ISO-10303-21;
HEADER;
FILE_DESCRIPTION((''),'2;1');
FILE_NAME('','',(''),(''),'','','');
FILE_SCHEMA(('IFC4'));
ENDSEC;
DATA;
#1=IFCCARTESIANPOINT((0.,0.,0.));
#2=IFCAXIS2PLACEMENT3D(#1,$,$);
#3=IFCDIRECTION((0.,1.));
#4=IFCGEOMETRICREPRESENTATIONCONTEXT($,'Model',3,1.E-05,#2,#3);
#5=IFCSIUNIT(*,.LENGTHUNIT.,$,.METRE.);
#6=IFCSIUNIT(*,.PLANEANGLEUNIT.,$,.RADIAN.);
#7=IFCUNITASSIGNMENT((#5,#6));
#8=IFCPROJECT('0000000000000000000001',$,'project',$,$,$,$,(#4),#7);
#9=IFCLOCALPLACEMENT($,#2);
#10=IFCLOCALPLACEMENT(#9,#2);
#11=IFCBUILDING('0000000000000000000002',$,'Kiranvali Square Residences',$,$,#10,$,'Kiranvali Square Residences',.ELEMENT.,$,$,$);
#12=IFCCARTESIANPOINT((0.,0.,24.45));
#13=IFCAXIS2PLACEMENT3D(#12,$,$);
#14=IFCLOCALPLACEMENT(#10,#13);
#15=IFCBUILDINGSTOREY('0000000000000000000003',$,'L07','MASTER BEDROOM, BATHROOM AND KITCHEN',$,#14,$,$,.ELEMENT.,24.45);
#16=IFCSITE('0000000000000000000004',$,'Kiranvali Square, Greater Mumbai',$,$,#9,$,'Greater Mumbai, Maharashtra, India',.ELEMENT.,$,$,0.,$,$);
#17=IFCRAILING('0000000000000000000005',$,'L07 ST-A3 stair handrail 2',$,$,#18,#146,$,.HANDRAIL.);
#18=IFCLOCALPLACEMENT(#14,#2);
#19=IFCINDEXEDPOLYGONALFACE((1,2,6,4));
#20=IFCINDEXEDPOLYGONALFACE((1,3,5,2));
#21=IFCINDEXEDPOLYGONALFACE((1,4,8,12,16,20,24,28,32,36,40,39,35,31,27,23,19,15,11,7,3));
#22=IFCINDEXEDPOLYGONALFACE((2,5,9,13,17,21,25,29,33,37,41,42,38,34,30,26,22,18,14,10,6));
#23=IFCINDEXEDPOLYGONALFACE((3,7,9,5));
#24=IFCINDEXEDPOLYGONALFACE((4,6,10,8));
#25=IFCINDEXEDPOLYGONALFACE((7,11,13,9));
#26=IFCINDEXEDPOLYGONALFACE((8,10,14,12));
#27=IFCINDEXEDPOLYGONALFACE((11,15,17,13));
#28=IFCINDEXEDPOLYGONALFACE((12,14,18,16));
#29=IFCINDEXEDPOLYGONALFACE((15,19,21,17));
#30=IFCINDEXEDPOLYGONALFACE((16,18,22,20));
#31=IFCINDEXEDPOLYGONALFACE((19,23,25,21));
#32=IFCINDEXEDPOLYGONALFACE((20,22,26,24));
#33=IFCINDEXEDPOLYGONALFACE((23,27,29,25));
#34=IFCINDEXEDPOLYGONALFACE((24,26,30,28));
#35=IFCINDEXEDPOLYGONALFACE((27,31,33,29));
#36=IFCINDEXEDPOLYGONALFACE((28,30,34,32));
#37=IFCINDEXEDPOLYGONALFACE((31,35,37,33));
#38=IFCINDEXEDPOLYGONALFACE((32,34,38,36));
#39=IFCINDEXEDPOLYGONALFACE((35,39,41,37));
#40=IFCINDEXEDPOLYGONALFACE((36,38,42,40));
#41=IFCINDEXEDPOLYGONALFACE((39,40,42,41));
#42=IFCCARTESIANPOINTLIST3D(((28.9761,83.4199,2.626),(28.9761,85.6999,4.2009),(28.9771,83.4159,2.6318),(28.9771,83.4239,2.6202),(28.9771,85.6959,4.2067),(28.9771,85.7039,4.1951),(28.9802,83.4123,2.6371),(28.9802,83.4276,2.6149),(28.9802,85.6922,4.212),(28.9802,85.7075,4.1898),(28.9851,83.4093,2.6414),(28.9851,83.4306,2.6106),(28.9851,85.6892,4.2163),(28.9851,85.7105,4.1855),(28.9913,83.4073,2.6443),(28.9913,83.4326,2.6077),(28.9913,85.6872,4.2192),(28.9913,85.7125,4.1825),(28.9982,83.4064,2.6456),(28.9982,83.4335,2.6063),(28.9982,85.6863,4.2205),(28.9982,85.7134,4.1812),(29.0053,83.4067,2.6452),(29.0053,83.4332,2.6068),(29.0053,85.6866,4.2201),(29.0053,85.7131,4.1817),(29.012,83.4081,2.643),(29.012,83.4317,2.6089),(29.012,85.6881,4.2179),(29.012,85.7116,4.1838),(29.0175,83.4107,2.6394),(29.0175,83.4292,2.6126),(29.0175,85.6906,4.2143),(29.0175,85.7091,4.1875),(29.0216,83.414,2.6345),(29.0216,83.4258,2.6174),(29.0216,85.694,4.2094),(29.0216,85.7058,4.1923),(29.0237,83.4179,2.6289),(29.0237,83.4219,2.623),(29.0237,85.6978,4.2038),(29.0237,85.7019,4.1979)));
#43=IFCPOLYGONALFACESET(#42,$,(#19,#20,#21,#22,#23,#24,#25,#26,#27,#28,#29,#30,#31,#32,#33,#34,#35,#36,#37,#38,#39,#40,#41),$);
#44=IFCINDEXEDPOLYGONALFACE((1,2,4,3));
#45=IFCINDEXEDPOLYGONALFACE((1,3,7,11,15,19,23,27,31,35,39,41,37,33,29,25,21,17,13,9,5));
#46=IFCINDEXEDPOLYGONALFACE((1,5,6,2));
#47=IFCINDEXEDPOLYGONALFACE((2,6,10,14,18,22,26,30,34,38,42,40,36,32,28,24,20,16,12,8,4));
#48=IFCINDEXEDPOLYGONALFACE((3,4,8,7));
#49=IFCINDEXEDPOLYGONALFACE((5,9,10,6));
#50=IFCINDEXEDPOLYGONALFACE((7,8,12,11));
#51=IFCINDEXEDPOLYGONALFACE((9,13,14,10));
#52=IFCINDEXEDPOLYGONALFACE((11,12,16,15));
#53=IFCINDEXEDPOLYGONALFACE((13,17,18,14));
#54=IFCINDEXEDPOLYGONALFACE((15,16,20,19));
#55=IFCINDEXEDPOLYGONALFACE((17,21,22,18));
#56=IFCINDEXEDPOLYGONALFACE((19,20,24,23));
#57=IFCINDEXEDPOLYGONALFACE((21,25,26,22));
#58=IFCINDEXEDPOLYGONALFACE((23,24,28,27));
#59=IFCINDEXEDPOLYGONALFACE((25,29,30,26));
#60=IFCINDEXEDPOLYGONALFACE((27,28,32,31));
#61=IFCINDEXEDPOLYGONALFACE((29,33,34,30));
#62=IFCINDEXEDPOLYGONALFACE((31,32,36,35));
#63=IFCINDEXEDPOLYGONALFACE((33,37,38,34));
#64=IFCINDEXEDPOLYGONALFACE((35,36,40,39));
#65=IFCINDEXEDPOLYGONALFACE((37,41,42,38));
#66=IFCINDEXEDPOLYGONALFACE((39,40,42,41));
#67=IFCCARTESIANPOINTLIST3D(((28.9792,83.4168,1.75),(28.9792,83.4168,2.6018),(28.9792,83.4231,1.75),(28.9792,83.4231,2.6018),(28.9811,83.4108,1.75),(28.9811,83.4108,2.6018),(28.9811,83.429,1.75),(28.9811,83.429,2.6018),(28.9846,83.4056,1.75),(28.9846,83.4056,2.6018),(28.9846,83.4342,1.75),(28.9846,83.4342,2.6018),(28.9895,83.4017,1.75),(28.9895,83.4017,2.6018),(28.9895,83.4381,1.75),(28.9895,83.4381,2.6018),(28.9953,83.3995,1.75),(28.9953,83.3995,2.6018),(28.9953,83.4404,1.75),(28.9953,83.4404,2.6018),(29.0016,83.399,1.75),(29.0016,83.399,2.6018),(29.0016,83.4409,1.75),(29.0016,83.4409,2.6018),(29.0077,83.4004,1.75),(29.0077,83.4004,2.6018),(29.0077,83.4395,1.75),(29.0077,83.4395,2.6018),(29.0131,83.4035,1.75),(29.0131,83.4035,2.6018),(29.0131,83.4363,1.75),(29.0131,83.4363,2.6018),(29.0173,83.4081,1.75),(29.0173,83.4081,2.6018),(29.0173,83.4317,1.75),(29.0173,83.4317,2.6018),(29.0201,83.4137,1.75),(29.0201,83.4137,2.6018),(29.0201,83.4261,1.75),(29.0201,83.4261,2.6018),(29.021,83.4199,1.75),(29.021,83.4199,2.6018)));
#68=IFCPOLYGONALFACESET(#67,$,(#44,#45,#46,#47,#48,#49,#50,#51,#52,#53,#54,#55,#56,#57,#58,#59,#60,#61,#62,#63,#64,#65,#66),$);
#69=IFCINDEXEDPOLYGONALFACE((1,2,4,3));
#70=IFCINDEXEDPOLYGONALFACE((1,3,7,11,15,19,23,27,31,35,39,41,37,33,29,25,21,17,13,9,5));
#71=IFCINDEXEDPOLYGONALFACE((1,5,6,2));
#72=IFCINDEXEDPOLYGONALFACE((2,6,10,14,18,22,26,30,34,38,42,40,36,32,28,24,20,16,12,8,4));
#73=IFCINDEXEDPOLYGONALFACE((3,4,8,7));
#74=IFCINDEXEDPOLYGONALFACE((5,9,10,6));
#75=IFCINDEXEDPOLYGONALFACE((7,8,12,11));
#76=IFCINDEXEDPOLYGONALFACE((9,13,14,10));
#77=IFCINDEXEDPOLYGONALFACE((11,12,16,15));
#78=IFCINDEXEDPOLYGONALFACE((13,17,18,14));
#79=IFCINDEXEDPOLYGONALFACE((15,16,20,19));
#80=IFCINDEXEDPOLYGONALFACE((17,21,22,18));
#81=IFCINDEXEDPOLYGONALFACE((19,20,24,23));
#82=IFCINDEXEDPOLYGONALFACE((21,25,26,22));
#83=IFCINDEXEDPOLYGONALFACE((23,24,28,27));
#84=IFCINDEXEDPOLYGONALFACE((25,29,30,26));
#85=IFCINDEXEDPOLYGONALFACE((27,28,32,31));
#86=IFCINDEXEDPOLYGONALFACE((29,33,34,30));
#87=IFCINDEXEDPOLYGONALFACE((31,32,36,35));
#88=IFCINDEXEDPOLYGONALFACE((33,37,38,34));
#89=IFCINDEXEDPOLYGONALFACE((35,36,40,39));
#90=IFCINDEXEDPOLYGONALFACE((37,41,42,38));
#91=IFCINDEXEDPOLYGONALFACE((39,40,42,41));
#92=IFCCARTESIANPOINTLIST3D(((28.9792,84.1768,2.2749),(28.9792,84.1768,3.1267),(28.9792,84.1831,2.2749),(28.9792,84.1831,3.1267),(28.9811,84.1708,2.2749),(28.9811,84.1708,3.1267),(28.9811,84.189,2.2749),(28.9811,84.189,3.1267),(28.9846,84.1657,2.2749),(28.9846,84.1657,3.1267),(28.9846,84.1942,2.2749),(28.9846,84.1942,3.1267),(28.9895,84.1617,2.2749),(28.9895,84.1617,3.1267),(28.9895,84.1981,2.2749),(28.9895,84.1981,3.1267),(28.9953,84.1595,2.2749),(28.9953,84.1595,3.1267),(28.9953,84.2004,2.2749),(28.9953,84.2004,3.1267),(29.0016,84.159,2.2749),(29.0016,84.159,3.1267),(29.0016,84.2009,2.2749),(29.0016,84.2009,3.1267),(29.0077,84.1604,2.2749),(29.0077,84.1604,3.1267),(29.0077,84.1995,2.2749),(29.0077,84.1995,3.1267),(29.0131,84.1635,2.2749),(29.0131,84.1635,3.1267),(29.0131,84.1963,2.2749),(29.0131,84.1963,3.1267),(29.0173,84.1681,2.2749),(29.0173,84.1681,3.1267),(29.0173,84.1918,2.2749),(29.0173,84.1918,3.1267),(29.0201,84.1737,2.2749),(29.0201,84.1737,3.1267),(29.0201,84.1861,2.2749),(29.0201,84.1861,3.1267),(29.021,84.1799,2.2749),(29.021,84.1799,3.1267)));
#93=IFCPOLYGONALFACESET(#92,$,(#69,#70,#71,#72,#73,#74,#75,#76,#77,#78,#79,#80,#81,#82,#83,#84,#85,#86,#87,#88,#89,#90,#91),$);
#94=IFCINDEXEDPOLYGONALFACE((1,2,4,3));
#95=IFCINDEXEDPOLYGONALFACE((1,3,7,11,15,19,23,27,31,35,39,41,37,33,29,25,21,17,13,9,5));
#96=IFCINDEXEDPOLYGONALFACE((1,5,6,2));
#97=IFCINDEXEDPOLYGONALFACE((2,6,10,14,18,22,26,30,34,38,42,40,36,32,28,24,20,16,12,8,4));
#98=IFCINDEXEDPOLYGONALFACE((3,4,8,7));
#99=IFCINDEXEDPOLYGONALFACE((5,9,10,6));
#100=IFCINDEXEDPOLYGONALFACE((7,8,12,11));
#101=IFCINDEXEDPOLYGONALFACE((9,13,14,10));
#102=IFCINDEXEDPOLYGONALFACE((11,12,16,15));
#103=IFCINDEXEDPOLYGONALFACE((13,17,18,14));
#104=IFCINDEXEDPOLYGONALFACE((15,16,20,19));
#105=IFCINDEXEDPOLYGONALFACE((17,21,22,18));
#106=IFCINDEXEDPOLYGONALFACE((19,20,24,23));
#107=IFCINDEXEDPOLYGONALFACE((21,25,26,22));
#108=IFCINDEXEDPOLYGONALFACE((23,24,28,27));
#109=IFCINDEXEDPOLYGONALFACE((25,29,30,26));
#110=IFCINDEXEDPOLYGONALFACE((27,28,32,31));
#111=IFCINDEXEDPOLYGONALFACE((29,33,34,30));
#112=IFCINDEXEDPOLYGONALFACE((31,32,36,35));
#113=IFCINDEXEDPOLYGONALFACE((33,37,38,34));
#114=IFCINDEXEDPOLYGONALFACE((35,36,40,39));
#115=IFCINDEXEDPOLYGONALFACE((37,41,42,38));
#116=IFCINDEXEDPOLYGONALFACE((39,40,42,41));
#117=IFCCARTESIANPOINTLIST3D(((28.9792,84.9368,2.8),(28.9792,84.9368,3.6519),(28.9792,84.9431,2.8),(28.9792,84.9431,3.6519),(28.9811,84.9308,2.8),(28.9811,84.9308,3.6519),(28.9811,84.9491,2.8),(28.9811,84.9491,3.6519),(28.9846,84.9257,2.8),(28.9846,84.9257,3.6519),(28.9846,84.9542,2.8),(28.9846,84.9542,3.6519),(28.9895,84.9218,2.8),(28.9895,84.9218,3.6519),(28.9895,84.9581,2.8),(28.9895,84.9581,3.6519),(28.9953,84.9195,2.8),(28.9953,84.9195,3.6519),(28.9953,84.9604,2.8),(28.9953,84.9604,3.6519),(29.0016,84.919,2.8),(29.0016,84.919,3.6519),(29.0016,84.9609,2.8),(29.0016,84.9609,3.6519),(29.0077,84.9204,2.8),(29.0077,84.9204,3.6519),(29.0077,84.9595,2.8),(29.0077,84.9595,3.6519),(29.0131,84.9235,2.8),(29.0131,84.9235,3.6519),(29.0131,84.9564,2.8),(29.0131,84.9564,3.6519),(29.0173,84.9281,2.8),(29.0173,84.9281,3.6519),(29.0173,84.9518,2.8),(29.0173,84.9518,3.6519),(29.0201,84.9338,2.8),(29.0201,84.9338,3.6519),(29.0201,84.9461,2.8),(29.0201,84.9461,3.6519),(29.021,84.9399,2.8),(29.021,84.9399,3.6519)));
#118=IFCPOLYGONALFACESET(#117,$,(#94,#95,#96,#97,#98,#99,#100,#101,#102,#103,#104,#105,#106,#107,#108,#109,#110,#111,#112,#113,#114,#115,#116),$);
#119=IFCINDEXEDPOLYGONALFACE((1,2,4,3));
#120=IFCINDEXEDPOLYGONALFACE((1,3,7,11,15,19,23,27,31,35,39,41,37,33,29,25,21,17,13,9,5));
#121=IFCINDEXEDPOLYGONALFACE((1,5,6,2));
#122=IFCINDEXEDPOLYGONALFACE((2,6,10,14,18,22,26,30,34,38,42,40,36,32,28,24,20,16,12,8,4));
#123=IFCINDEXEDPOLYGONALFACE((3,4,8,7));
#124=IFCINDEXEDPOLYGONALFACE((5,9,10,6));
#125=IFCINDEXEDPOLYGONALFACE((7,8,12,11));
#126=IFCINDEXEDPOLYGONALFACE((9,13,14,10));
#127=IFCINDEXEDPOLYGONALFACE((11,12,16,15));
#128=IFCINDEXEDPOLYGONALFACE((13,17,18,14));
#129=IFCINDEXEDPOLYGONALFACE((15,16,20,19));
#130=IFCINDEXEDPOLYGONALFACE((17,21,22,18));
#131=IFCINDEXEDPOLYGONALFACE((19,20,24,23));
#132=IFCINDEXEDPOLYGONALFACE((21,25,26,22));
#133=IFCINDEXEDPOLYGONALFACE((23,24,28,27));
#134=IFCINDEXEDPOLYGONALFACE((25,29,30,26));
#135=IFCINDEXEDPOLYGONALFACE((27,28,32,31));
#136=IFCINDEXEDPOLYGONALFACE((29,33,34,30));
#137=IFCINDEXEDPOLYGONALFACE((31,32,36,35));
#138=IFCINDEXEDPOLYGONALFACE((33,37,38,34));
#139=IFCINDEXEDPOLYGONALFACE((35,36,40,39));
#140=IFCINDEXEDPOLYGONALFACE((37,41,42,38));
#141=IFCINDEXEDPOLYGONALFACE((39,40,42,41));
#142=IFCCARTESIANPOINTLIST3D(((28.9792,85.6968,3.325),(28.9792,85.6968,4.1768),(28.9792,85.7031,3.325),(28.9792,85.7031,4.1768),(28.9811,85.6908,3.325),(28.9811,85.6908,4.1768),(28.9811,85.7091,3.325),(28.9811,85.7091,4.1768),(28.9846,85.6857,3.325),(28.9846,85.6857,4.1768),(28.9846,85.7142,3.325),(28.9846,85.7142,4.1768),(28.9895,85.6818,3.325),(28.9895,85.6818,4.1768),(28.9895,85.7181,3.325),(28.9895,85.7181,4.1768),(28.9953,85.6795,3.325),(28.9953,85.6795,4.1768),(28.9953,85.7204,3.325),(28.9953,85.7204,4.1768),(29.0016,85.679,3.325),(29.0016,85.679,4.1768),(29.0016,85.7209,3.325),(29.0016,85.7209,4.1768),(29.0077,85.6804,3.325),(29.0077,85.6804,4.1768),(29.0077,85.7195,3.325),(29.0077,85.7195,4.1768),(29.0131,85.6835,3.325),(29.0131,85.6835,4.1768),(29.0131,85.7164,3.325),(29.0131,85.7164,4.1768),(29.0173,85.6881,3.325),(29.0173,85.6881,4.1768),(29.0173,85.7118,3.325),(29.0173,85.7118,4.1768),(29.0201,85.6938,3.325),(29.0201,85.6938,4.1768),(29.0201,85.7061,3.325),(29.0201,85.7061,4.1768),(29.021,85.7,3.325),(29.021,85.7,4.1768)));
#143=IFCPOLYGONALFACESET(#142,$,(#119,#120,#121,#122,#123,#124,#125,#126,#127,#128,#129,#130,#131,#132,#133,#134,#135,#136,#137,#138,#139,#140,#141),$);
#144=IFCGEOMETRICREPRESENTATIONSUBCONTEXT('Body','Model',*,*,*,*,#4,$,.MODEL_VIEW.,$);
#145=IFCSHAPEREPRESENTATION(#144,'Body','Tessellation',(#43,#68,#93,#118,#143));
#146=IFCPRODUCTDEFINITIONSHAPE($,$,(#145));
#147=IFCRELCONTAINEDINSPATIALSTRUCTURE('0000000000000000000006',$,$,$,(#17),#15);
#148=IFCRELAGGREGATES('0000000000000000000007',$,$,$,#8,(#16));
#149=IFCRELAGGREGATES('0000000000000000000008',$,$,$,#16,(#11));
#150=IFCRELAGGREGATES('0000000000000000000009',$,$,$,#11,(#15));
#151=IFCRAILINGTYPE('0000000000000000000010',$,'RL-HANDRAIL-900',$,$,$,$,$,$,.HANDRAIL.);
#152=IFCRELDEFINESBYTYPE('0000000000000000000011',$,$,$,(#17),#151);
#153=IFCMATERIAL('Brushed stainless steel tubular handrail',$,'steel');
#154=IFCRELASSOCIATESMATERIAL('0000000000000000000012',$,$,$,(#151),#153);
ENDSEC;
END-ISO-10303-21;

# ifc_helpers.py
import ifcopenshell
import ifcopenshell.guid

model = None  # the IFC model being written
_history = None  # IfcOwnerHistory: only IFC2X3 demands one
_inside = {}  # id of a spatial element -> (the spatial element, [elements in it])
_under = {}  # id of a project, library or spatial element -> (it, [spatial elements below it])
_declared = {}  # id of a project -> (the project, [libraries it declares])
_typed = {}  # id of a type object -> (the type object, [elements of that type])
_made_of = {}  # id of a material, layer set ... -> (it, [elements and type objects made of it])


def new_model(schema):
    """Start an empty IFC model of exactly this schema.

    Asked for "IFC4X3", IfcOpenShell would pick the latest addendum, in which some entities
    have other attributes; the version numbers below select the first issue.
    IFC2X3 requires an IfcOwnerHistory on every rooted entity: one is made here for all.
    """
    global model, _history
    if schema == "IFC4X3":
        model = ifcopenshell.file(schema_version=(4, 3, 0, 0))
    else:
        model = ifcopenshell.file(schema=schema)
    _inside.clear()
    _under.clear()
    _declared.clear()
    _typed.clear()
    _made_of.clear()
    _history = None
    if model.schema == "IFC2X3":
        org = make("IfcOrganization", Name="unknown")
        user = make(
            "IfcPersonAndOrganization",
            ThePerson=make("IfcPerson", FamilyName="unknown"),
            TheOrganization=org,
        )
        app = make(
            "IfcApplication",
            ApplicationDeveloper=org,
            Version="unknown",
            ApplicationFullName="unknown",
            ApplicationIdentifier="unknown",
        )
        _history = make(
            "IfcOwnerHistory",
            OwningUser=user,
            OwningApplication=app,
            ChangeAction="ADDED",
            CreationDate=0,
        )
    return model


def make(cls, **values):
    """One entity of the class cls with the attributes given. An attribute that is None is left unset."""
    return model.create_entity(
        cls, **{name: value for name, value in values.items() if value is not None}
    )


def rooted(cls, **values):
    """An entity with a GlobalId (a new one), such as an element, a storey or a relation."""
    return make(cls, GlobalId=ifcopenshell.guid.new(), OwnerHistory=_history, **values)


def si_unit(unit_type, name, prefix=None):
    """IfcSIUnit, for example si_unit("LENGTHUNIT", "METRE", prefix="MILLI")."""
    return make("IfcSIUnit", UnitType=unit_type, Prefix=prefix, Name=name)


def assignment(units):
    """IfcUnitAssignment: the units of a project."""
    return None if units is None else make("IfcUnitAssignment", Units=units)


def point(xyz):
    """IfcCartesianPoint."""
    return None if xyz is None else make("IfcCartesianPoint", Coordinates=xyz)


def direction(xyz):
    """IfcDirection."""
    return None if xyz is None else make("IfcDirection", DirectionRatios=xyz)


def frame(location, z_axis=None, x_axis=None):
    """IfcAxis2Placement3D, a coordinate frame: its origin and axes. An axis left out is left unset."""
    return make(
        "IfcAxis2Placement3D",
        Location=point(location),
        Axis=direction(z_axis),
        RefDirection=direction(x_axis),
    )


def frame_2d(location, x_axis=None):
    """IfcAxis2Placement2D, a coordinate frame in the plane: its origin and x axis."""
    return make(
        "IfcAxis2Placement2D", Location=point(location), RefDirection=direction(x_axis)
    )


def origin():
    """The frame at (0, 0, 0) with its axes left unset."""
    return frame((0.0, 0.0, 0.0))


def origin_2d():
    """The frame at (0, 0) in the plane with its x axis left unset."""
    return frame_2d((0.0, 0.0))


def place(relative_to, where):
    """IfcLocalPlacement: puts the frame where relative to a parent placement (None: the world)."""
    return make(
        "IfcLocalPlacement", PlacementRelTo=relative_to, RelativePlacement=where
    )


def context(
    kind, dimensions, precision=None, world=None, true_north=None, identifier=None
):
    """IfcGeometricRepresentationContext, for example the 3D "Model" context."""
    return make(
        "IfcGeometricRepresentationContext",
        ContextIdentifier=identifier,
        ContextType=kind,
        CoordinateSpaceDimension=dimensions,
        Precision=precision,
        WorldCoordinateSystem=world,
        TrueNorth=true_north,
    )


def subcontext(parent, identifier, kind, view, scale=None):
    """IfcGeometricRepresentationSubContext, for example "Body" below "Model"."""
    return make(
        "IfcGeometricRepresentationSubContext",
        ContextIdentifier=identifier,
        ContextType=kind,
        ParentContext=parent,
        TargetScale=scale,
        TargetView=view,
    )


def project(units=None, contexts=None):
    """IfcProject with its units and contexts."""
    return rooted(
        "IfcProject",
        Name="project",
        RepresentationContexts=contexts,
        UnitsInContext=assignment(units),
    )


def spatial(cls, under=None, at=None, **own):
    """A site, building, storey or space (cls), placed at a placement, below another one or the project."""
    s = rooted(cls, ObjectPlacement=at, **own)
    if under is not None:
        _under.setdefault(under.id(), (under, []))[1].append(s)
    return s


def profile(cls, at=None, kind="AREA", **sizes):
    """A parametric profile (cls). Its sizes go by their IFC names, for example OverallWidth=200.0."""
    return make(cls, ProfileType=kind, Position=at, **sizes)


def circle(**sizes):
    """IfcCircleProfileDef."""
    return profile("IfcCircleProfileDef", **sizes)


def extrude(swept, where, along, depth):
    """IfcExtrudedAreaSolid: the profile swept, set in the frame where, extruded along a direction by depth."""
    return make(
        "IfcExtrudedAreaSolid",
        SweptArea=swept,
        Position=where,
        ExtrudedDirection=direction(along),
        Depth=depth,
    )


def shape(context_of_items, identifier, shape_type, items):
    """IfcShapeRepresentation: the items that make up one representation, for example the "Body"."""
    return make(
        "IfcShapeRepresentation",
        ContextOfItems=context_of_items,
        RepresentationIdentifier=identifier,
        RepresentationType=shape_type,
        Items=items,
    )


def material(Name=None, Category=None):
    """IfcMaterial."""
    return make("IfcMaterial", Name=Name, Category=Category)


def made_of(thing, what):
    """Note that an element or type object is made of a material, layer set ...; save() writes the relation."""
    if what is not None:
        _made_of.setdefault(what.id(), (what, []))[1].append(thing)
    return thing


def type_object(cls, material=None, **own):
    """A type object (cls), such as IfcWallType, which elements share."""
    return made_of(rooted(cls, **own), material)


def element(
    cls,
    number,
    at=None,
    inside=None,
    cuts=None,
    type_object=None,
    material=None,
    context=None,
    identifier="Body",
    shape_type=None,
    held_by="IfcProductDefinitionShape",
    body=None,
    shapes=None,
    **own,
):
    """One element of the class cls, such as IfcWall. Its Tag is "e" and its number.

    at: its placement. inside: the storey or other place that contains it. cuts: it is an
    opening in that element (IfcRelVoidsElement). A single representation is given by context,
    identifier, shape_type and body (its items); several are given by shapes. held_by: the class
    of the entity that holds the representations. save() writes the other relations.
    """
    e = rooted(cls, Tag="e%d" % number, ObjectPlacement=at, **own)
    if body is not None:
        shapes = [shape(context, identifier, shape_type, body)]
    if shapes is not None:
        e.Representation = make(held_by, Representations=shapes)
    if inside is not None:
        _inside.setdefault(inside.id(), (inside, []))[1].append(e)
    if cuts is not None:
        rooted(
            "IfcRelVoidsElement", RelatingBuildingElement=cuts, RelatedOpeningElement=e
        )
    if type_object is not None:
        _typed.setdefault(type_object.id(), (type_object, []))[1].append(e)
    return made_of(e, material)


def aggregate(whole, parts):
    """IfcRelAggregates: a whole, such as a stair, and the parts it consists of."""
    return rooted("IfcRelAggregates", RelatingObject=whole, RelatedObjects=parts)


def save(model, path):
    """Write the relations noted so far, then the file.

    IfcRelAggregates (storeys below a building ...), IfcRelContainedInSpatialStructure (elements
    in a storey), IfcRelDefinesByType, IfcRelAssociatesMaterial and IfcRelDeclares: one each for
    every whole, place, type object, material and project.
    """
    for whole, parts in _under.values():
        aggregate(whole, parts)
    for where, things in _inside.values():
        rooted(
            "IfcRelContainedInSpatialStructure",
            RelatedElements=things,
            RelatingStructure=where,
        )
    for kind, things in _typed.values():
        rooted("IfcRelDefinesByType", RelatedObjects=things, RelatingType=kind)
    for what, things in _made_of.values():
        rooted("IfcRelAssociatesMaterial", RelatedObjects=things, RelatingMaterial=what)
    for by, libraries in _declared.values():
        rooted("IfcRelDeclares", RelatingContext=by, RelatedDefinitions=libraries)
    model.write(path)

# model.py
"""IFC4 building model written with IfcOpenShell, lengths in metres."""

from ifc_helpers import new_model, si_unit, direction, frame, origin, origin_2d, place, context, subcontext, project, spatial, circle, extrude, material, type_object, element, save


model = new_model("IFC4")

# Units and contexts
model_context = context("Model", 3, precision=1e-05, world=origin(), true_north=direction((0.0, 1.0)))
body_context = subcontext(model_context, "Body", "Model", "MODEL_VIEW")
ifc_project = project(units=[si_unit("LENGTHUNIT", "METRE"), si_unit("PLANEANGLEUNIT", "RADIAN")], contexts=[model_context])

# Site, building, storey
site_placement = place(None, origin())
site = spatial("IfcSite", under=ifc_project, at=site_placement, Name="Kiranvali Square, Greater Mumbai", LongName="Greater Mumbai, Maharashtra, India", CompositionType="ELEMENT", RefElevation=0.0)
building_placement = place(site_placement, origin())
building = spatial("IfcBuilding", under=site, at=building_placement, Name="Kiranvali Square Residences", LongName="Kiranvali Square Residences", CompositionType="ELEMENT")
storey_placement = place(building_placement, frame((0.0, 0.0, 24.45)))
storey = spatial("IfcBuildingStorey", under=building, at=storey_placement, Name="L07", Description="MASTER BEDROOM, BATHROOM AND KITCHEN", CompositionType="ELEMENT", Elevation=24.45)

# Railing
ifc_material_1 = material(Name="Brushed stainless steel tubular handrail", Category="steel")
railing_type_1 = type_object("IfcRailingType", Name="RL-HANDRAIL-900", PredefinedType="HANDRAIL", material=ifc_material_1)
railing_1_placement = place(storey_placement, frame((29.0, 83.4199, 1.75)))
element("IfcRailing", 1, at=railing_1_placement, inside=storey, type_object=railing_type_1, Name="L07 ST-A3 stair handrail 2", PredefinedType="HANDRAIL", context=body_context, shape_type="SweptSolid", body=[
    extrude(circle(Radius=0.0239, at=origin_2d()), frame((0.0, 0.0, 0.876), z_axis=(0.0, 0.822788, 0.568348), x_axis=(-1.0, 0.0, 0.0)), (0.0, 0.0, 1.0), 2.771),
    extrude(circle(Radius=0.021, at=origin_2d()), origin(), (0.0, 0.0, 1.0), 0.8518),
    extrude(circle(Radius=0.021, at=origin_2d()), frame((0.0, 0.76, 0.5249)), (0.0, 0.0, 1.0), 0.8518),
    extrude(circle(Radius=0.021, at=origin_2d()), frame((0.0, 1.52, 1.05)), (0.0, 0.0, 1.0), 0.8518),
    extrude(circle(Radius=0.021, at=origin_2d()), frame((0.0, 2.28, 1.575)), (0.0, 0.0, 1.0), 0.8518),
])

save(model, "model.ifc")
